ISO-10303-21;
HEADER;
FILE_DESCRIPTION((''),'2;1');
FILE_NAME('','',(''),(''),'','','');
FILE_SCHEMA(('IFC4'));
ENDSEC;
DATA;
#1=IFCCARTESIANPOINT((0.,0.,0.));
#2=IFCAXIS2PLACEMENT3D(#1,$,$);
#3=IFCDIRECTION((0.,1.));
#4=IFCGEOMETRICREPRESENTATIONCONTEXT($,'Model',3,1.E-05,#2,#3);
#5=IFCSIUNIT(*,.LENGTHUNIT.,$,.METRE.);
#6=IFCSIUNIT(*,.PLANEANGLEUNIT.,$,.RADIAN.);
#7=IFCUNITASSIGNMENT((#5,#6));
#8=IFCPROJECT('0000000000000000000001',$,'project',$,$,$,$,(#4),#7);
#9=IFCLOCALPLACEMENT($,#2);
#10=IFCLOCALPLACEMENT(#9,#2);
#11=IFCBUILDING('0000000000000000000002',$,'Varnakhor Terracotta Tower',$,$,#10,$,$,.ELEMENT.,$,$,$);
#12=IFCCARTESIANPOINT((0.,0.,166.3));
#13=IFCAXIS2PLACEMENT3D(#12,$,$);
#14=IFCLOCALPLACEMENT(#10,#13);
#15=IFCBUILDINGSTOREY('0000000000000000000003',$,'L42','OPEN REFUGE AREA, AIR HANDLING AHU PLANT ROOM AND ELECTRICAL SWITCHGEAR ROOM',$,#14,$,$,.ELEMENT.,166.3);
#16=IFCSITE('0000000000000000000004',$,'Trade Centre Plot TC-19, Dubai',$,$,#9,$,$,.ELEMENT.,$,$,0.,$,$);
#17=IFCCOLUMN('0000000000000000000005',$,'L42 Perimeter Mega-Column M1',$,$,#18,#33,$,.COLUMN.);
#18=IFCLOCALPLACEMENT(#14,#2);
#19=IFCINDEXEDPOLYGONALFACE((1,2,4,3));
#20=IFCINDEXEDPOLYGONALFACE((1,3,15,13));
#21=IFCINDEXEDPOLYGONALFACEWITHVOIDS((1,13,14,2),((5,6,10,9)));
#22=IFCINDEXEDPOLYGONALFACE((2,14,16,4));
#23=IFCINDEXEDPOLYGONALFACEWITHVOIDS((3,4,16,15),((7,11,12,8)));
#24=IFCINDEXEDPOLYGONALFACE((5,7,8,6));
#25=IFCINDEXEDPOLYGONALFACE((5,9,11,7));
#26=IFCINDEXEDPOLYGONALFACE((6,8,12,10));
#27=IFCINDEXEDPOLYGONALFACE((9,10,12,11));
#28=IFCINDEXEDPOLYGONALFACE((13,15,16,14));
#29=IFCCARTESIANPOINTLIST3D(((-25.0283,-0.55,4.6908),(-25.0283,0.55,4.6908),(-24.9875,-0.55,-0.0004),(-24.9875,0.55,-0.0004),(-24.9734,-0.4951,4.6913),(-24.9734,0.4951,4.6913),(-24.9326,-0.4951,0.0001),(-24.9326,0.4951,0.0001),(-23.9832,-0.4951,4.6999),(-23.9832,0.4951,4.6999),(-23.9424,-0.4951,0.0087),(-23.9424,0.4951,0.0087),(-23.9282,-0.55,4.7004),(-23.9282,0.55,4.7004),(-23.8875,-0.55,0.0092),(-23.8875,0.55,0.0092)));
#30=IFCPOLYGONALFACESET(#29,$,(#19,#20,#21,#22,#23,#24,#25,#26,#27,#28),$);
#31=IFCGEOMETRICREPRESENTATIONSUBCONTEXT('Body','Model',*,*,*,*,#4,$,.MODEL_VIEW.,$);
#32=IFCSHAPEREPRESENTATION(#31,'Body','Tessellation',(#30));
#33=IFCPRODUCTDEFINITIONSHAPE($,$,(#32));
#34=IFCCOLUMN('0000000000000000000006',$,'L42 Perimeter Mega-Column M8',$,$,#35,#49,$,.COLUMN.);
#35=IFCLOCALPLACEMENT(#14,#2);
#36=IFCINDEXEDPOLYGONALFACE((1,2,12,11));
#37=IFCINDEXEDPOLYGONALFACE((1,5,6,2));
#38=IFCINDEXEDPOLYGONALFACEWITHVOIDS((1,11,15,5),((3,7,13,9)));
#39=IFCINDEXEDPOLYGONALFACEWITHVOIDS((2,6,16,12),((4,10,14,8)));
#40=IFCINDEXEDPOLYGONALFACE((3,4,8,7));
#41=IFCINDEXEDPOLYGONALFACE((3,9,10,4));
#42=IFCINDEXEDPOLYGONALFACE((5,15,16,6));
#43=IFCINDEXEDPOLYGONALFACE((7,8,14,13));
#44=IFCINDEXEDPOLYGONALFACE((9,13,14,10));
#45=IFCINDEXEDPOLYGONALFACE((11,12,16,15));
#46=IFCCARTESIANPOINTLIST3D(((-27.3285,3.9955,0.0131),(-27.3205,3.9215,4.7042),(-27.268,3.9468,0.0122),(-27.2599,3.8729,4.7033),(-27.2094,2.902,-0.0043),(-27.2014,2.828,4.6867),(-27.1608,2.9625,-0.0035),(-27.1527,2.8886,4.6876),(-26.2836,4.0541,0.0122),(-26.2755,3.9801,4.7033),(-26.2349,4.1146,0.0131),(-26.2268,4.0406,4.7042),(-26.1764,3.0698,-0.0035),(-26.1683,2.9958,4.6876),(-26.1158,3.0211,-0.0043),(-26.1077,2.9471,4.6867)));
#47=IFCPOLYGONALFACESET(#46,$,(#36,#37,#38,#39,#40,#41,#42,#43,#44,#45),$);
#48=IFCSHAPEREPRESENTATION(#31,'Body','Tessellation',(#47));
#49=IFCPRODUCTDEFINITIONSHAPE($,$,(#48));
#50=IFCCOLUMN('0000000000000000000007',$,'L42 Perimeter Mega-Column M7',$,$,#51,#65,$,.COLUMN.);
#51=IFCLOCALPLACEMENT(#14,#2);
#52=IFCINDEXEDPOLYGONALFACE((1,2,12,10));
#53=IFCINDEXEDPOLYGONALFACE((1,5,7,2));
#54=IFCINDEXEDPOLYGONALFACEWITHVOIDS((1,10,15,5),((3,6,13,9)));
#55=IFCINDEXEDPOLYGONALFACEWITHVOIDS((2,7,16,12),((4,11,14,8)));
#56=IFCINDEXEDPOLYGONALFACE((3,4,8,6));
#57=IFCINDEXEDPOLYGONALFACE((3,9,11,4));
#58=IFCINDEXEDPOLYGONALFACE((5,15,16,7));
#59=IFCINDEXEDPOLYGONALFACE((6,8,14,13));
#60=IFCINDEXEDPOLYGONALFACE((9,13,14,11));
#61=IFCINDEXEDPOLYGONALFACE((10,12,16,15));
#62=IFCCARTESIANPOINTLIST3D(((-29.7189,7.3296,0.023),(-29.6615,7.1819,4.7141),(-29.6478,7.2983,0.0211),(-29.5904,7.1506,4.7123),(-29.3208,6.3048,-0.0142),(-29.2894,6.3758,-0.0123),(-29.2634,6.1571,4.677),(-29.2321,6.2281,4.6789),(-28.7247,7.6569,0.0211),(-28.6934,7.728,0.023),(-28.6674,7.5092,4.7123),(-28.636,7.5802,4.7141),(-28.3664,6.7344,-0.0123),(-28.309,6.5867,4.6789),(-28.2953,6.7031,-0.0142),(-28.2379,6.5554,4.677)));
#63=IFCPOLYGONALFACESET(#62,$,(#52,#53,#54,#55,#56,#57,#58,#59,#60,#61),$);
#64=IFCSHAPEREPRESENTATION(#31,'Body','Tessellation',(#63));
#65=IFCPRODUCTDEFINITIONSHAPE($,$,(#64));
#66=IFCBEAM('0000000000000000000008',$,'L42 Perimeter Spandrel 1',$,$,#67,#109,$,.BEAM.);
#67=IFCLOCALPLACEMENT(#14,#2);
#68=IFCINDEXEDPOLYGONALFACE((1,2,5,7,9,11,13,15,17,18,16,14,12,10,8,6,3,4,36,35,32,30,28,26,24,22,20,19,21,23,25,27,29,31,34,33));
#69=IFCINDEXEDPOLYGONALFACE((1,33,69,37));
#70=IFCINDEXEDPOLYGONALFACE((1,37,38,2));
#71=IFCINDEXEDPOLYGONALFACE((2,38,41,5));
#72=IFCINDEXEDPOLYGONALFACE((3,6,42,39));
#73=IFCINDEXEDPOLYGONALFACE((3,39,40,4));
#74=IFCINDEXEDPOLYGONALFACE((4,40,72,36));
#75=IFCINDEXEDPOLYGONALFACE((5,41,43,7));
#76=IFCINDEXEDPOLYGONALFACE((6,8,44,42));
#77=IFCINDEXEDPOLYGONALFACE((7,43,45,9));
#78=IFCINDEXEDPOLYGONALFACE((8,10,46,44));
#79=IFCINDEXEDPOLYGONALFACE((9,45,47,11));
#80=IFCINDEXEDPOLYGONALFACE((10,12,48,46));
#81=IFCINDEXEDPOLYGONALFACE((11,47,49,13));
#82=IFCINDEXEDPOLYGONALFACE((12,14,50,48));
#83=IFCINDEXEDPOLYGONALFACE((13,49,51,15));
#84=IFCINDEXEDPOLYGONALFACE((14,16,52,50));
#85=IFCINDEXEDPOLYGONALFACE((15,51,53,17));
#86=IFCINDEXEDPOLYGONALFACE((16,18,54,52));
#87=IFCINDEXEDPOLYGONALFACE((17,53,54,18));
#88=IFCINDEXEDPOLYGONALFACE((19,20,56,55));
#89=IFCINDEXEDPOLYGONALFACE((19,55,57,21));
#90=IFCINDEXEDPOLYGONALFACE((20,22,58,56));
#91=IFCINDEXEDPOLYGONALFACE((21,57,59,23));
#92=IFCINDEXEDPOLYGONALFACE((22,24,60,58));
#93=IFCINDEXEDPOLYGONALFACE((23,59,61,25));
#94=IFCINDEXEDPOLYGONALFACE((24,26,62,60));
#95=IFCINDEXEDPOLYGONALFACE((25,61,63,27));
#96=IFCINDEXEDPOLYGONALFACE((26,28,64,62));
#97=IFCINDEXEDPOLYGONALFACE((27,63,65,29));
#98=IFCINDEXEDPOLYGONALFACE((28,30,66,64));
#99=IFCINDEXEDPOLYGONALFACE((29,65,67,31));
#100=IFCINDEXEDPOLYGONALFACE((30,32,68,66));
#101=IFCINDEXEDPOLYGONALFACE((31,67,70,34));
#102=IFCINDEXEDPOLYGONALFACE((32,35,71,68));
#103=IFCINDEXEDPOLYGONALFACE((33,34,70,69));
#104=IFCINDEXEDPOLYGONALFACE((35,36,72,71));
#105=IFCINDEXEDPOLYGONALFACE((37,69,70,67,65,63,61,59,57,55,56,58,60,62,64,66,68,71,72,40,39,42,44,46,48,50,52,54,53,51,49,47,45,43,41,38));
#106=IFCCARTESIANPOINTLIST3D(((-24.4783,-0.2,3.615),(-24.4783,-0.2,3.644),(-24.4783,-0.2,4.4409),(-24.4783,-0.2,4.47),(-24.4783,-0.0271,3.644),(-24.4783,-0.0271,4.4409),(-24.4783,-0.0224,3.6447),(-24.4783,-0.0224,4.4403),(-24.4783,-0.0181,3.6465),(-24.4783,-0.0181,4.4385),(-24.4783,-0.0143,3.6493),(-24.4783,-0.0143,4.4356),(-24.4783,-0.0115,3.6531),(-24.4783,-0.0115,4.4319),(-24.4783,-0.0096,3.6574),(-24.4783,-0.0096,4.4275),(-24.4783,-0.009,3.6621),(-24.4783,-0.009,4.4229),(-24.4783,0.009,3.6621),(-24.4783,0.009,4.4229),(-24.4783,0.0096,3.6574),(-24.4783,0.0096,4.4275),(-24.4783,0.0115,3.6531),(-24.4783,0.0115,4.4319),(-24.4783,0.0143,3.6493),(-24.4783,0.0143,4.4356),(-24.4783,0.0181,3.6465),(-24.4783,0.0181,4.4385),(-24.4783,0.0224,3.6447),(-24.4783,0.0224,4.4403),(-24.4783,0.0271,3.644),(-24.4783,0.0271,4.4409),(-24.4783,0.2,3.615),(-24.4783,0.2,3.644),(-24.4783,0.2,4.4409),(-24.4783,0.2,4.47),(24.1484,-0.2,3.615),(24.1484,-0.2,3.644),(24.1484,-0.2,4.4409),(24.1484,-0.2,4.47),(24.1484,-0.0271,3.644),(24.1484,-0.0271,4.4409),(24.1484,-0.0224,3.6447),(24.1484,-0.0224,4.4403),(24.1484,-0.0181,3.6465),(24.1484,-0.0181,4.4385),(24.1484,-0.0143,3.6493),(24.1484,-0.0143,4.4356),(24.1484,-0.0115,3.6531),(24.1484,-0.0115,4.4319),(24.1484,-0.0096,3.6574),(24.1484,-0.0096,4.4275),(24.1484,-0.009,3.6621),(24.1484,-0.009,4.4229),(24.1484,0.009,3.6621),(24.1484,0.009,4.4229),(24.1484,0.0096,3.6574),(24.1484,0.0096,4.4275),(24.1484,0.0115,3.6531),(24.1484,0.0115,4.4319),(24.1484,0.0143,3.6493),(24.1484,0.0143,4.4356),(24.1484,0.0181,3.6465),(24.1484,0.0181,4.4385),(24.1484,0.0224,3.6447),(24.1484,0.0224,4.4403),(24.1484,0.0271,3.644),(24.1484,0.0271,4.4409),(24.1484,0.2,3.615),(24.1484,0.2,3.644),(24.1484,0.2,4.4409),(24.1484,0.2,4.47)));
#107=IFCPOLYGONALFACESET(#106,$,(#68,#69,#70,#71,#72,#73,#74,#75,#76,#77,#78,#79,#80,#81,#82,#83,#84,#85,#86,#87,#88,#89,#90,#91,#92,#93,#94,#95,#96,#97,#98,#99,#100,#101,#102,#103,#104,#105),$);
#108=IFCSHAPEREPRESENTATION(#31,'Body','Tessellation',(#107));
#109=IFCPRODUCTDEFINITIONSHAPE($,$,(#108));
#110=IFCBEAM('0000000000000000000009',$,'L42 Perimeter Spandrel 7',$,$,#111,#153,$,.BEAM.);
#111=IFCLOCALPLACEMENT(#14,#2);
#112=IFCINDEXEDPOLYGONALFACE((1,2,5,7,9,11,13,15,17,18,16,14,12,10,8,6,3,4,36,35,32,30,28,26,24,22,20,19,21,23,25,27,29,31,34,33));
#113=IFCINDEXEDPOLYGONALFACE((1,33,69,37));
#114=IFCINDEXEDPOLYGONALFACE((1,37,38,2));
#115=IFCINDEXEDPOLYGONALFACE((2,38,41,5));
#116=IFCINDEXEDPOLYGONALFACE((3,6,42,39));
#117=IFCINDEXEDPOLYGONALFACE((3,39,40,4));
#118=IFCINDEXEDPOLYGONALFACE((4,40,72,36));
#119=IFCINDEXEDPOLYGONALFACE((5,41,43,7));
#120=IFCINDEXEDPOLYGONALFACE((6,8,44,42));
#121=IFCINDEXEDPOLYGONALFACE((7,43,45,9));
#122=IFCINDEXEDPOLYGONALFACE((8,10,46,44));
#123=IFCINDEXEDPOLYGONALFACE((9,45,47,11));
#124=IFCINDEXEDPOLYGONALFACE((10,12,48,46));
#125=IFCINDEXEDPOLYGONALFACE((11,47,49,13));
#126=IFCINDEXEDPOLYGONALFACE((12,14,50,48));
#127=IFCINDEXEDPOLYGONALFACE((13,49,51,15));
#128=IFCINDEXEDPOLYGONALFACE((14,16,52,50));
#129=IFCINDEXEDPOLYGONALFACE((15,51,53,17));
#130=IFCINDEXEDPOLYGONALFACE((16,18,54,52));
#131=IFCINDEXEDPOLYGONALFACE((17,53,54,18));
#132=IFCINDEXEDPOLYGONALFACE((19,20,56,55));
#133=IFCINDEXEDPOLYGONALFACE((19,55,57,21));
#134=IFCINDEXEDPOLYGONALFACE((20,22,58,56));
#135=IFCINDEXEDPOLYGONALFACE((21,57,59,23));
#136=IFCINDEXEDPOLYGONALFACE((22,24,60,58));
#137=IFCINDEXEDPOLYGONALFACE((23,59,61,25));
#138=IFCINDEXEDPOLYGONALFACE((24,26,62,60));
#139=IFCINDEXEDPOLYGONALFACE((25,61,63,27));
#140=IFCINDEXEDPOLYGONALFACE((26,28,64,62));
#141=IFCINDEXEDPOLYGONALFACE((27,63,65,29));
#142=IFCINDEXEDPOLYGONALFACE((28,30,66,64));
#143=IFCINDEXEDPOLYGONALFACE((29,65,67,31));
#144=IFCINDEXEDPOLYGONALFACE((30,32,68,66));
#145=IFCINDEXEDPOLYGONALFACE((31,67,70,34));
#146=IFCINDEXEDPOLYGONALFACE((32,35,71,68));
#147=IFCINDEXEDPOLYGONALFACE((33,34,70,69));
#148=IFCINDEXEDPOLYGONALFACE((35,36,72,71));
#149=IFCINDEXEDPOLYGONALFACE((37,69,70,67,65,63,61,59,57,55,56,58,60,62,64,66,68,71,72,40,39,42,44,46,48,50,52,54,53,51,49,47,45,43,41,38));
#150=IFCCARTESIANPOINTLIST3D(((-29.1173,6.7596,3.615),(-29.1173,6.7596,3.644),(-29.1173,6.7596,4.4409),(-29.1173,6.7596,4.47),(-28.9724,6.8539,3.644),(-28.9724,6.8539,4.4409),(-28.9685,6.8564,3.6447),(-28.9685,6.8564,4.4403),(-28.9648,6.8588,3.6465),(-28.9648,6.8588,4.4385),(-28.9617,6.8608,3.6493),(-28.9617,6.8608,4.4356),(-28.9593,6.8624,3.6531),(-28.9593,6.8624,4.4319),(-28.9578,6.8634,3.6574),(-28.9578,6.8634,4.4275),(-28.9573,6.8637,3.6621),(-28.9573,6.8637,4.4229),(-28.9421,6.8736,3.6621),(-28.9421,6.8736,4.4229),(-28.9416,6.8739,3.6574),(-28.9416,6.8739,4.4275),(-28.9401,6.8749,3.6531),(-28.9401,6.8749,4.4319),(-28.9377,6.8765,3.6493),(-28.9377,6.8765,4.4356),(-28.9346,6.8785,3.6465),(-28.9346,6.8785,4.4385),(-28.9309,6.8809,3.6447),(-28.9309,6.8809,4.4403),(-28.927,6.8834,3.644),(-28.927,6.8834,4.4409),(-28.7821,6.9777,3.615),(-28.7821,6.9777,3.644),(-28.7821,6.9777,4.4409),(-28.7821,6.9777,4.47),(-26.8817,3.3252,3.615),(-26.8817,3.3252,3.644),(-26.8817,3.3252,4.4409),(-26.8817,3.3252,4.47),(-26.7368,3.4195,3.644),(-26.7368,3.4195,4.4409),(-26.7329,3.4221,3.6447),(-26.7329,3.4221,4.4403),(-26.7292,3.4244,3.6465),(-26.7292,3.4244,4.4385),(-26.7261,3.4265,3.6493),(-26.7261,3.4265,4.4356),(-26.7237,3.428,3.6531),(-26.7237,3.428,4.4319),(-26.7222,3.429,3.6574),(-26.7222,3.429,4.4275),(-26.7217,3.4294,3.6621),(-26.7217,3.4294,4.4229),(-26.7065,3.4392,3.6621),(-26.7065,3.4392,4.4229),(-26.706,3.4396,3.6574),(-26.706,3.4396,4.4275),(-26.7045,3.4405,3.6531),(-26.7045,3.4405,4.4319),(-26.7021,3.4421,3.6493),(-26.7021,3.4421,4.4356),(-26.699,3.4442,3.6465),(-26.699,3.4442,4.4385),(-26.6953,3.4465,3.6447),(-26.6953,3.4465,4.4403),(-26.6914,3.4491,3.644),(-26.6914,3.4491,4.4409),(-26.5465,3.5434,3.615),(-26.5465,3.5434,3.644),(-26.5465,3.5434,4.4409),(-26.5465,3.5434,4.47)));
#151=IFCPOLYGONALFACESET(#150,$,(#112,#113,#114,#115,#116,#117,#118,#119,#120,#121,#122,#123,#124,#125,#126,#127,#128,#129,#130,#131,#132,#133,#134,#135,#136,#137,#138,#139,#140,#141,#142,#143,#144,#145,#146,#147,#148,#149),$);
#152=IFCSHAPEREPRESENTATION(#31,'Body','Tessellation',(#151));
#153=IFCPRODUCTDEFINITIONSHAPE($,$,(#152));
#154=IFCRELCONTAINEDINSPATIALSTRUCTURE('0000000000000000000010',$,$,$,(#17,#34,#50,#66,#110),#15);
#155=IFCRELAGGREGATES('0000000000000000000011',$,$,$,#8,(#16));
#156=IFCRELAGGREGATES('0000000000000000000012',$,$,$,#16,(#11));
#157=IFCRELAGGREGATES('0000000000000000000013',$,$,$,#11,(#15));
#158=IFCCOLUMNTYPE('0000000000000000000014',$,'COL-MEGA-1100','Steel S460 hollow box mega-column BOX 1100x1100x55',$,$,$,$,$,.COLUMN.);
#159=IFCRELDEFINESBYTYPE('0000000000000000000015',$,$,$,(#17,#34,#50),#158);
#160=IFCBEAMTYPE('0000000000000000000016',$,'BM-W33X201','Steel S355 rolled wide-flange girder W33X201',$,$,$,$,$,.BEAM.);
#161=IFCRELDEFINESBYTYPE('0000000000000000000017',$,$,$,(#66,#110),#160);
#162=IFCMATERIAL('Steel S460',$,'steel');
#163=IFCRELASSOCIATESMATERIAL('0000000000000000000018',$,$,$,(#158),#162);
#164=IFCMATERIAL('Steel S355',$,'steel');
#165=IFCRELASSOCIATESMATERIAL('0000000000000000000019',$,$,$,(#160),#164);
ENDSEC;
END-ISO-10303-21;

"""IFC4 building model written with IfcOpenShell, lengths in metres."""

from ifc_helpers import new_model, si_unit, direction, frame, origin, origin_2d, place, context, subcontext, project, spatial, hollow_rectangle, i_section, extrude, source, transform, mapped, material, material_profile, profile_set, type_object, element, save


model = new_model("IFC4")

# Units and contexts
model_context = context("Model", 3, precision=1e-05, world=origin(), true_north=direction((0.0, 1.0)))
body_context = subcontext(model_context, "Body", "Model", "MODEL_VIEW")
ifc_project = project(units=[si_unit("LENGTHUNIT", "METRE"), si_unit("PLANEANGLEUNIT", "RADIAN")], contexts=[model_context])

# Site, building, storey
site_placement = place(None, origin())
site = spatial("IfcSite", under=ifc_project, at=site_placement, Name="Trade Centre Plot TC-19, Dubai", CompositionType="ELEMENT", RefElevation=0.0)
building_placement = place(site_placement, origin())
building = spatial("IfcBuilding", under=site, at=building_placement, Name="Varnakhor Terracotta Tower", CompositionType="ELEMENT")
storey_placement = place(building_placement, frame((0.0, 0.0, 166.3)))
storey = spatial("IfcBuildingStorey", under=building, at=storey_placement, Name="L42", Description="OPEN REFUGE AREA, AIR HANDLING AHU PLANT ROOM AND ELECTRICAL SWITCHGEAR ROOM", CompositionType="ELEMENT", Elevation=166.3)

# Columns
ifc_material_1 = material(Name="Steel S460", Category="steel")
ifc_material_profile_1 = material_profile(ifc_material_1, hollow_rectangle(XDim=1.1001, YDim=1.1001, WallThickness=0.0549, at=origin_2d()), Name="BOX 1100x1100x55")
ifc_profile_set_1 = profile_set([ifc_material_profile_1], Name="Steel S460")
column_type = type_object("IfcColumnType", Name="COL-MEGA-1100", Description="Steel S460 hollow box mega-column BOX 1100x1100x55", PredefinedType="COLUMN", material=ifc_profile_set_1)
shared_shape_1 = source(origin(), body_context, "Body", "SweptSolid", [
    extrude(hollow_rectangle(XDim=1.1001, YDim=1.1001, WallThickness=0.0549, at=origin_2d()), origin(), (0.0, 0.0, 1.0), 4.6914),
])
column_1_placement = place(storey_placement, frame((-24.4375, 0.0, 0.0044), z_axis=(-0.008691, 0.0, 0.999962), x_axis=(0.0, -1.0, 0.0)))
element("IfcColumn", 1, at=column_1_placement, inside=storey, type_object=column_type, Name="L42 Perimeter Mega-Column M1", PredefinedType="COLUMN", context=body_context, shape_type="MappedRepresentation", body=[
    mapped(shared_shape_1, transform((0.0, 0.0, 0.0), scale=1.0)),
])
shared_shape_2 = source(origin(), body_context, "Body", "SweptSolid", [
    extrude(hollow_rectangle(XDim=1.1001, YDim=1.1001, WallThickness=0.0549, at=origin_2d()), origin(), (0.0, 0.0, 1.0), 4.6917),
])
column_2_placement = place(storey_placement, frame((-26.7222, 3.5083, 0.0044), z_axis=(0.001717, -0.015767, 0.999874), x_axis=(0.994121, 0.108271, 0.0)))
element("IfcColumn", 2, at=column_2_placement, inside=storey, type_object=column_type, Name="L42 Perimeter Mega-Column M8", PredefinedType="COLUMN", context=body_context, shape_type="MappedRepresentation", body=[
    mapped(shared_shape_2, transform((0.0, 0.0, 0.0), scale=1.0)),
])
shared_shape_3 = source(origin(), body_context, "Body", "SweptSolid", [
    extrude(hollow_rectangle(XDim=1.1001, YDim=1.1001, WallThickness=0.0549, at=origin_2d()), origin(), (0.0, 0.0, 1.0), 4.6938),
])
column_3_placement = place(storey_placement, frame((-29.0071, 7.0164, 0.0044), z_axis=(0.012223, -0.031468, 0.99943), x_axis=(0.932149, 0.362074, 0.0)))
element("IfcColumn", 3, at=column_3_placement, inside=storey, type_object=column_type, Name="L42 Perimeter Mega-Column M7", PredefinedType="COLUMN", context=body_context, shape_type="MappedRepresentation", body=[
    mapped(shared_shape_3, transform((0.0, 0.0, 0.0), scale=1.0)),
])

# Beams
ifc_material_2 = material(Name="Steel S355", Category="steel")
ifc_material_profile_2 = material_profile(ifc_material_2, i_section(OverallWidth=0.3999, OverallDepth=0.855, WebThickness=0.0181, FlangeThickness=0.0291, FilletRadius=0.0181, at=origin_2d()), Name="W33X201")
ifc_profile_set_2 = profile_set([ifc_material_profile_2], Name="Steel S355")
beam_type_1 = type_object("IfcBeamType", Name="BM-W33X201", Description="Steel S355 rolled wide-flange girder W33X201", PredefinedType="BEAM", material=ifc_profile_set_2)
shared_shape_4 = source(origin(), body_context, "Body", "SweptSolid", [
    extrude(i_section(OverallWidth=0.3999, OverallDepth=0.855, WebThickness=0.0181, FlangeThickness=0.0291, FilletRadius=0.0181, at=origin_2d()), origin(), (0.0, 0.0, 1.0), 48.6267),
])
beam_1_placement = place(storey_placement, frame((-24.4783, 0.0, 4.0425), z_axis=(1.0, 0.0, 0.0), x_axis=(0.0, 1.0, 0.0)))
element("IfcBeam", 4, at=beam_1_placement, inside=storey, type_object=beam_type_1, Name="L42 Perimeter Spandrel 1", PredefinedType="BEAM", context=body_context, shape_type="MappedRepresentation", body=[
    mapped(shared_shape_4, transform((0.0, 0.0, 0.0), scale=1.0)),
])
shared_shape_5 = source(origin(), body_context, "Body", "SweptSolid", [
    extrude(i_section(OverallWidth=0.3999, OverallDepth=0.855, WebThickness=0.0181, FlangeThickness=0.0291, FilletRadius=0.0181, at=origin_2d()), origin(), (0.0, 0.0, 1.0), 4.0979),
])
for number, where, z_axis, x_axis, name in (
    (5, (-28.9497, 6.8687, 4.0425), (0.545552, -0.838077, 0.0), (0.838077, 0.545552, 0.0), "L42 Perimeter Spandrel 7"),
):
    element("IfcBeam", number, at=place(storey_placement, frame(where, z_axis=z_axis, x_axis=x_axis)), inside=storey, type_object=beam_type_1, Name=name, PredefinedType="BEAM", context=body_context, shape_type="MappedRepresentation", body=[
        mapped(shared_shape_5, transform((0.0, 0.0, 0.0), scale=1.0)),
    ])

save(model, "model.ifc")
